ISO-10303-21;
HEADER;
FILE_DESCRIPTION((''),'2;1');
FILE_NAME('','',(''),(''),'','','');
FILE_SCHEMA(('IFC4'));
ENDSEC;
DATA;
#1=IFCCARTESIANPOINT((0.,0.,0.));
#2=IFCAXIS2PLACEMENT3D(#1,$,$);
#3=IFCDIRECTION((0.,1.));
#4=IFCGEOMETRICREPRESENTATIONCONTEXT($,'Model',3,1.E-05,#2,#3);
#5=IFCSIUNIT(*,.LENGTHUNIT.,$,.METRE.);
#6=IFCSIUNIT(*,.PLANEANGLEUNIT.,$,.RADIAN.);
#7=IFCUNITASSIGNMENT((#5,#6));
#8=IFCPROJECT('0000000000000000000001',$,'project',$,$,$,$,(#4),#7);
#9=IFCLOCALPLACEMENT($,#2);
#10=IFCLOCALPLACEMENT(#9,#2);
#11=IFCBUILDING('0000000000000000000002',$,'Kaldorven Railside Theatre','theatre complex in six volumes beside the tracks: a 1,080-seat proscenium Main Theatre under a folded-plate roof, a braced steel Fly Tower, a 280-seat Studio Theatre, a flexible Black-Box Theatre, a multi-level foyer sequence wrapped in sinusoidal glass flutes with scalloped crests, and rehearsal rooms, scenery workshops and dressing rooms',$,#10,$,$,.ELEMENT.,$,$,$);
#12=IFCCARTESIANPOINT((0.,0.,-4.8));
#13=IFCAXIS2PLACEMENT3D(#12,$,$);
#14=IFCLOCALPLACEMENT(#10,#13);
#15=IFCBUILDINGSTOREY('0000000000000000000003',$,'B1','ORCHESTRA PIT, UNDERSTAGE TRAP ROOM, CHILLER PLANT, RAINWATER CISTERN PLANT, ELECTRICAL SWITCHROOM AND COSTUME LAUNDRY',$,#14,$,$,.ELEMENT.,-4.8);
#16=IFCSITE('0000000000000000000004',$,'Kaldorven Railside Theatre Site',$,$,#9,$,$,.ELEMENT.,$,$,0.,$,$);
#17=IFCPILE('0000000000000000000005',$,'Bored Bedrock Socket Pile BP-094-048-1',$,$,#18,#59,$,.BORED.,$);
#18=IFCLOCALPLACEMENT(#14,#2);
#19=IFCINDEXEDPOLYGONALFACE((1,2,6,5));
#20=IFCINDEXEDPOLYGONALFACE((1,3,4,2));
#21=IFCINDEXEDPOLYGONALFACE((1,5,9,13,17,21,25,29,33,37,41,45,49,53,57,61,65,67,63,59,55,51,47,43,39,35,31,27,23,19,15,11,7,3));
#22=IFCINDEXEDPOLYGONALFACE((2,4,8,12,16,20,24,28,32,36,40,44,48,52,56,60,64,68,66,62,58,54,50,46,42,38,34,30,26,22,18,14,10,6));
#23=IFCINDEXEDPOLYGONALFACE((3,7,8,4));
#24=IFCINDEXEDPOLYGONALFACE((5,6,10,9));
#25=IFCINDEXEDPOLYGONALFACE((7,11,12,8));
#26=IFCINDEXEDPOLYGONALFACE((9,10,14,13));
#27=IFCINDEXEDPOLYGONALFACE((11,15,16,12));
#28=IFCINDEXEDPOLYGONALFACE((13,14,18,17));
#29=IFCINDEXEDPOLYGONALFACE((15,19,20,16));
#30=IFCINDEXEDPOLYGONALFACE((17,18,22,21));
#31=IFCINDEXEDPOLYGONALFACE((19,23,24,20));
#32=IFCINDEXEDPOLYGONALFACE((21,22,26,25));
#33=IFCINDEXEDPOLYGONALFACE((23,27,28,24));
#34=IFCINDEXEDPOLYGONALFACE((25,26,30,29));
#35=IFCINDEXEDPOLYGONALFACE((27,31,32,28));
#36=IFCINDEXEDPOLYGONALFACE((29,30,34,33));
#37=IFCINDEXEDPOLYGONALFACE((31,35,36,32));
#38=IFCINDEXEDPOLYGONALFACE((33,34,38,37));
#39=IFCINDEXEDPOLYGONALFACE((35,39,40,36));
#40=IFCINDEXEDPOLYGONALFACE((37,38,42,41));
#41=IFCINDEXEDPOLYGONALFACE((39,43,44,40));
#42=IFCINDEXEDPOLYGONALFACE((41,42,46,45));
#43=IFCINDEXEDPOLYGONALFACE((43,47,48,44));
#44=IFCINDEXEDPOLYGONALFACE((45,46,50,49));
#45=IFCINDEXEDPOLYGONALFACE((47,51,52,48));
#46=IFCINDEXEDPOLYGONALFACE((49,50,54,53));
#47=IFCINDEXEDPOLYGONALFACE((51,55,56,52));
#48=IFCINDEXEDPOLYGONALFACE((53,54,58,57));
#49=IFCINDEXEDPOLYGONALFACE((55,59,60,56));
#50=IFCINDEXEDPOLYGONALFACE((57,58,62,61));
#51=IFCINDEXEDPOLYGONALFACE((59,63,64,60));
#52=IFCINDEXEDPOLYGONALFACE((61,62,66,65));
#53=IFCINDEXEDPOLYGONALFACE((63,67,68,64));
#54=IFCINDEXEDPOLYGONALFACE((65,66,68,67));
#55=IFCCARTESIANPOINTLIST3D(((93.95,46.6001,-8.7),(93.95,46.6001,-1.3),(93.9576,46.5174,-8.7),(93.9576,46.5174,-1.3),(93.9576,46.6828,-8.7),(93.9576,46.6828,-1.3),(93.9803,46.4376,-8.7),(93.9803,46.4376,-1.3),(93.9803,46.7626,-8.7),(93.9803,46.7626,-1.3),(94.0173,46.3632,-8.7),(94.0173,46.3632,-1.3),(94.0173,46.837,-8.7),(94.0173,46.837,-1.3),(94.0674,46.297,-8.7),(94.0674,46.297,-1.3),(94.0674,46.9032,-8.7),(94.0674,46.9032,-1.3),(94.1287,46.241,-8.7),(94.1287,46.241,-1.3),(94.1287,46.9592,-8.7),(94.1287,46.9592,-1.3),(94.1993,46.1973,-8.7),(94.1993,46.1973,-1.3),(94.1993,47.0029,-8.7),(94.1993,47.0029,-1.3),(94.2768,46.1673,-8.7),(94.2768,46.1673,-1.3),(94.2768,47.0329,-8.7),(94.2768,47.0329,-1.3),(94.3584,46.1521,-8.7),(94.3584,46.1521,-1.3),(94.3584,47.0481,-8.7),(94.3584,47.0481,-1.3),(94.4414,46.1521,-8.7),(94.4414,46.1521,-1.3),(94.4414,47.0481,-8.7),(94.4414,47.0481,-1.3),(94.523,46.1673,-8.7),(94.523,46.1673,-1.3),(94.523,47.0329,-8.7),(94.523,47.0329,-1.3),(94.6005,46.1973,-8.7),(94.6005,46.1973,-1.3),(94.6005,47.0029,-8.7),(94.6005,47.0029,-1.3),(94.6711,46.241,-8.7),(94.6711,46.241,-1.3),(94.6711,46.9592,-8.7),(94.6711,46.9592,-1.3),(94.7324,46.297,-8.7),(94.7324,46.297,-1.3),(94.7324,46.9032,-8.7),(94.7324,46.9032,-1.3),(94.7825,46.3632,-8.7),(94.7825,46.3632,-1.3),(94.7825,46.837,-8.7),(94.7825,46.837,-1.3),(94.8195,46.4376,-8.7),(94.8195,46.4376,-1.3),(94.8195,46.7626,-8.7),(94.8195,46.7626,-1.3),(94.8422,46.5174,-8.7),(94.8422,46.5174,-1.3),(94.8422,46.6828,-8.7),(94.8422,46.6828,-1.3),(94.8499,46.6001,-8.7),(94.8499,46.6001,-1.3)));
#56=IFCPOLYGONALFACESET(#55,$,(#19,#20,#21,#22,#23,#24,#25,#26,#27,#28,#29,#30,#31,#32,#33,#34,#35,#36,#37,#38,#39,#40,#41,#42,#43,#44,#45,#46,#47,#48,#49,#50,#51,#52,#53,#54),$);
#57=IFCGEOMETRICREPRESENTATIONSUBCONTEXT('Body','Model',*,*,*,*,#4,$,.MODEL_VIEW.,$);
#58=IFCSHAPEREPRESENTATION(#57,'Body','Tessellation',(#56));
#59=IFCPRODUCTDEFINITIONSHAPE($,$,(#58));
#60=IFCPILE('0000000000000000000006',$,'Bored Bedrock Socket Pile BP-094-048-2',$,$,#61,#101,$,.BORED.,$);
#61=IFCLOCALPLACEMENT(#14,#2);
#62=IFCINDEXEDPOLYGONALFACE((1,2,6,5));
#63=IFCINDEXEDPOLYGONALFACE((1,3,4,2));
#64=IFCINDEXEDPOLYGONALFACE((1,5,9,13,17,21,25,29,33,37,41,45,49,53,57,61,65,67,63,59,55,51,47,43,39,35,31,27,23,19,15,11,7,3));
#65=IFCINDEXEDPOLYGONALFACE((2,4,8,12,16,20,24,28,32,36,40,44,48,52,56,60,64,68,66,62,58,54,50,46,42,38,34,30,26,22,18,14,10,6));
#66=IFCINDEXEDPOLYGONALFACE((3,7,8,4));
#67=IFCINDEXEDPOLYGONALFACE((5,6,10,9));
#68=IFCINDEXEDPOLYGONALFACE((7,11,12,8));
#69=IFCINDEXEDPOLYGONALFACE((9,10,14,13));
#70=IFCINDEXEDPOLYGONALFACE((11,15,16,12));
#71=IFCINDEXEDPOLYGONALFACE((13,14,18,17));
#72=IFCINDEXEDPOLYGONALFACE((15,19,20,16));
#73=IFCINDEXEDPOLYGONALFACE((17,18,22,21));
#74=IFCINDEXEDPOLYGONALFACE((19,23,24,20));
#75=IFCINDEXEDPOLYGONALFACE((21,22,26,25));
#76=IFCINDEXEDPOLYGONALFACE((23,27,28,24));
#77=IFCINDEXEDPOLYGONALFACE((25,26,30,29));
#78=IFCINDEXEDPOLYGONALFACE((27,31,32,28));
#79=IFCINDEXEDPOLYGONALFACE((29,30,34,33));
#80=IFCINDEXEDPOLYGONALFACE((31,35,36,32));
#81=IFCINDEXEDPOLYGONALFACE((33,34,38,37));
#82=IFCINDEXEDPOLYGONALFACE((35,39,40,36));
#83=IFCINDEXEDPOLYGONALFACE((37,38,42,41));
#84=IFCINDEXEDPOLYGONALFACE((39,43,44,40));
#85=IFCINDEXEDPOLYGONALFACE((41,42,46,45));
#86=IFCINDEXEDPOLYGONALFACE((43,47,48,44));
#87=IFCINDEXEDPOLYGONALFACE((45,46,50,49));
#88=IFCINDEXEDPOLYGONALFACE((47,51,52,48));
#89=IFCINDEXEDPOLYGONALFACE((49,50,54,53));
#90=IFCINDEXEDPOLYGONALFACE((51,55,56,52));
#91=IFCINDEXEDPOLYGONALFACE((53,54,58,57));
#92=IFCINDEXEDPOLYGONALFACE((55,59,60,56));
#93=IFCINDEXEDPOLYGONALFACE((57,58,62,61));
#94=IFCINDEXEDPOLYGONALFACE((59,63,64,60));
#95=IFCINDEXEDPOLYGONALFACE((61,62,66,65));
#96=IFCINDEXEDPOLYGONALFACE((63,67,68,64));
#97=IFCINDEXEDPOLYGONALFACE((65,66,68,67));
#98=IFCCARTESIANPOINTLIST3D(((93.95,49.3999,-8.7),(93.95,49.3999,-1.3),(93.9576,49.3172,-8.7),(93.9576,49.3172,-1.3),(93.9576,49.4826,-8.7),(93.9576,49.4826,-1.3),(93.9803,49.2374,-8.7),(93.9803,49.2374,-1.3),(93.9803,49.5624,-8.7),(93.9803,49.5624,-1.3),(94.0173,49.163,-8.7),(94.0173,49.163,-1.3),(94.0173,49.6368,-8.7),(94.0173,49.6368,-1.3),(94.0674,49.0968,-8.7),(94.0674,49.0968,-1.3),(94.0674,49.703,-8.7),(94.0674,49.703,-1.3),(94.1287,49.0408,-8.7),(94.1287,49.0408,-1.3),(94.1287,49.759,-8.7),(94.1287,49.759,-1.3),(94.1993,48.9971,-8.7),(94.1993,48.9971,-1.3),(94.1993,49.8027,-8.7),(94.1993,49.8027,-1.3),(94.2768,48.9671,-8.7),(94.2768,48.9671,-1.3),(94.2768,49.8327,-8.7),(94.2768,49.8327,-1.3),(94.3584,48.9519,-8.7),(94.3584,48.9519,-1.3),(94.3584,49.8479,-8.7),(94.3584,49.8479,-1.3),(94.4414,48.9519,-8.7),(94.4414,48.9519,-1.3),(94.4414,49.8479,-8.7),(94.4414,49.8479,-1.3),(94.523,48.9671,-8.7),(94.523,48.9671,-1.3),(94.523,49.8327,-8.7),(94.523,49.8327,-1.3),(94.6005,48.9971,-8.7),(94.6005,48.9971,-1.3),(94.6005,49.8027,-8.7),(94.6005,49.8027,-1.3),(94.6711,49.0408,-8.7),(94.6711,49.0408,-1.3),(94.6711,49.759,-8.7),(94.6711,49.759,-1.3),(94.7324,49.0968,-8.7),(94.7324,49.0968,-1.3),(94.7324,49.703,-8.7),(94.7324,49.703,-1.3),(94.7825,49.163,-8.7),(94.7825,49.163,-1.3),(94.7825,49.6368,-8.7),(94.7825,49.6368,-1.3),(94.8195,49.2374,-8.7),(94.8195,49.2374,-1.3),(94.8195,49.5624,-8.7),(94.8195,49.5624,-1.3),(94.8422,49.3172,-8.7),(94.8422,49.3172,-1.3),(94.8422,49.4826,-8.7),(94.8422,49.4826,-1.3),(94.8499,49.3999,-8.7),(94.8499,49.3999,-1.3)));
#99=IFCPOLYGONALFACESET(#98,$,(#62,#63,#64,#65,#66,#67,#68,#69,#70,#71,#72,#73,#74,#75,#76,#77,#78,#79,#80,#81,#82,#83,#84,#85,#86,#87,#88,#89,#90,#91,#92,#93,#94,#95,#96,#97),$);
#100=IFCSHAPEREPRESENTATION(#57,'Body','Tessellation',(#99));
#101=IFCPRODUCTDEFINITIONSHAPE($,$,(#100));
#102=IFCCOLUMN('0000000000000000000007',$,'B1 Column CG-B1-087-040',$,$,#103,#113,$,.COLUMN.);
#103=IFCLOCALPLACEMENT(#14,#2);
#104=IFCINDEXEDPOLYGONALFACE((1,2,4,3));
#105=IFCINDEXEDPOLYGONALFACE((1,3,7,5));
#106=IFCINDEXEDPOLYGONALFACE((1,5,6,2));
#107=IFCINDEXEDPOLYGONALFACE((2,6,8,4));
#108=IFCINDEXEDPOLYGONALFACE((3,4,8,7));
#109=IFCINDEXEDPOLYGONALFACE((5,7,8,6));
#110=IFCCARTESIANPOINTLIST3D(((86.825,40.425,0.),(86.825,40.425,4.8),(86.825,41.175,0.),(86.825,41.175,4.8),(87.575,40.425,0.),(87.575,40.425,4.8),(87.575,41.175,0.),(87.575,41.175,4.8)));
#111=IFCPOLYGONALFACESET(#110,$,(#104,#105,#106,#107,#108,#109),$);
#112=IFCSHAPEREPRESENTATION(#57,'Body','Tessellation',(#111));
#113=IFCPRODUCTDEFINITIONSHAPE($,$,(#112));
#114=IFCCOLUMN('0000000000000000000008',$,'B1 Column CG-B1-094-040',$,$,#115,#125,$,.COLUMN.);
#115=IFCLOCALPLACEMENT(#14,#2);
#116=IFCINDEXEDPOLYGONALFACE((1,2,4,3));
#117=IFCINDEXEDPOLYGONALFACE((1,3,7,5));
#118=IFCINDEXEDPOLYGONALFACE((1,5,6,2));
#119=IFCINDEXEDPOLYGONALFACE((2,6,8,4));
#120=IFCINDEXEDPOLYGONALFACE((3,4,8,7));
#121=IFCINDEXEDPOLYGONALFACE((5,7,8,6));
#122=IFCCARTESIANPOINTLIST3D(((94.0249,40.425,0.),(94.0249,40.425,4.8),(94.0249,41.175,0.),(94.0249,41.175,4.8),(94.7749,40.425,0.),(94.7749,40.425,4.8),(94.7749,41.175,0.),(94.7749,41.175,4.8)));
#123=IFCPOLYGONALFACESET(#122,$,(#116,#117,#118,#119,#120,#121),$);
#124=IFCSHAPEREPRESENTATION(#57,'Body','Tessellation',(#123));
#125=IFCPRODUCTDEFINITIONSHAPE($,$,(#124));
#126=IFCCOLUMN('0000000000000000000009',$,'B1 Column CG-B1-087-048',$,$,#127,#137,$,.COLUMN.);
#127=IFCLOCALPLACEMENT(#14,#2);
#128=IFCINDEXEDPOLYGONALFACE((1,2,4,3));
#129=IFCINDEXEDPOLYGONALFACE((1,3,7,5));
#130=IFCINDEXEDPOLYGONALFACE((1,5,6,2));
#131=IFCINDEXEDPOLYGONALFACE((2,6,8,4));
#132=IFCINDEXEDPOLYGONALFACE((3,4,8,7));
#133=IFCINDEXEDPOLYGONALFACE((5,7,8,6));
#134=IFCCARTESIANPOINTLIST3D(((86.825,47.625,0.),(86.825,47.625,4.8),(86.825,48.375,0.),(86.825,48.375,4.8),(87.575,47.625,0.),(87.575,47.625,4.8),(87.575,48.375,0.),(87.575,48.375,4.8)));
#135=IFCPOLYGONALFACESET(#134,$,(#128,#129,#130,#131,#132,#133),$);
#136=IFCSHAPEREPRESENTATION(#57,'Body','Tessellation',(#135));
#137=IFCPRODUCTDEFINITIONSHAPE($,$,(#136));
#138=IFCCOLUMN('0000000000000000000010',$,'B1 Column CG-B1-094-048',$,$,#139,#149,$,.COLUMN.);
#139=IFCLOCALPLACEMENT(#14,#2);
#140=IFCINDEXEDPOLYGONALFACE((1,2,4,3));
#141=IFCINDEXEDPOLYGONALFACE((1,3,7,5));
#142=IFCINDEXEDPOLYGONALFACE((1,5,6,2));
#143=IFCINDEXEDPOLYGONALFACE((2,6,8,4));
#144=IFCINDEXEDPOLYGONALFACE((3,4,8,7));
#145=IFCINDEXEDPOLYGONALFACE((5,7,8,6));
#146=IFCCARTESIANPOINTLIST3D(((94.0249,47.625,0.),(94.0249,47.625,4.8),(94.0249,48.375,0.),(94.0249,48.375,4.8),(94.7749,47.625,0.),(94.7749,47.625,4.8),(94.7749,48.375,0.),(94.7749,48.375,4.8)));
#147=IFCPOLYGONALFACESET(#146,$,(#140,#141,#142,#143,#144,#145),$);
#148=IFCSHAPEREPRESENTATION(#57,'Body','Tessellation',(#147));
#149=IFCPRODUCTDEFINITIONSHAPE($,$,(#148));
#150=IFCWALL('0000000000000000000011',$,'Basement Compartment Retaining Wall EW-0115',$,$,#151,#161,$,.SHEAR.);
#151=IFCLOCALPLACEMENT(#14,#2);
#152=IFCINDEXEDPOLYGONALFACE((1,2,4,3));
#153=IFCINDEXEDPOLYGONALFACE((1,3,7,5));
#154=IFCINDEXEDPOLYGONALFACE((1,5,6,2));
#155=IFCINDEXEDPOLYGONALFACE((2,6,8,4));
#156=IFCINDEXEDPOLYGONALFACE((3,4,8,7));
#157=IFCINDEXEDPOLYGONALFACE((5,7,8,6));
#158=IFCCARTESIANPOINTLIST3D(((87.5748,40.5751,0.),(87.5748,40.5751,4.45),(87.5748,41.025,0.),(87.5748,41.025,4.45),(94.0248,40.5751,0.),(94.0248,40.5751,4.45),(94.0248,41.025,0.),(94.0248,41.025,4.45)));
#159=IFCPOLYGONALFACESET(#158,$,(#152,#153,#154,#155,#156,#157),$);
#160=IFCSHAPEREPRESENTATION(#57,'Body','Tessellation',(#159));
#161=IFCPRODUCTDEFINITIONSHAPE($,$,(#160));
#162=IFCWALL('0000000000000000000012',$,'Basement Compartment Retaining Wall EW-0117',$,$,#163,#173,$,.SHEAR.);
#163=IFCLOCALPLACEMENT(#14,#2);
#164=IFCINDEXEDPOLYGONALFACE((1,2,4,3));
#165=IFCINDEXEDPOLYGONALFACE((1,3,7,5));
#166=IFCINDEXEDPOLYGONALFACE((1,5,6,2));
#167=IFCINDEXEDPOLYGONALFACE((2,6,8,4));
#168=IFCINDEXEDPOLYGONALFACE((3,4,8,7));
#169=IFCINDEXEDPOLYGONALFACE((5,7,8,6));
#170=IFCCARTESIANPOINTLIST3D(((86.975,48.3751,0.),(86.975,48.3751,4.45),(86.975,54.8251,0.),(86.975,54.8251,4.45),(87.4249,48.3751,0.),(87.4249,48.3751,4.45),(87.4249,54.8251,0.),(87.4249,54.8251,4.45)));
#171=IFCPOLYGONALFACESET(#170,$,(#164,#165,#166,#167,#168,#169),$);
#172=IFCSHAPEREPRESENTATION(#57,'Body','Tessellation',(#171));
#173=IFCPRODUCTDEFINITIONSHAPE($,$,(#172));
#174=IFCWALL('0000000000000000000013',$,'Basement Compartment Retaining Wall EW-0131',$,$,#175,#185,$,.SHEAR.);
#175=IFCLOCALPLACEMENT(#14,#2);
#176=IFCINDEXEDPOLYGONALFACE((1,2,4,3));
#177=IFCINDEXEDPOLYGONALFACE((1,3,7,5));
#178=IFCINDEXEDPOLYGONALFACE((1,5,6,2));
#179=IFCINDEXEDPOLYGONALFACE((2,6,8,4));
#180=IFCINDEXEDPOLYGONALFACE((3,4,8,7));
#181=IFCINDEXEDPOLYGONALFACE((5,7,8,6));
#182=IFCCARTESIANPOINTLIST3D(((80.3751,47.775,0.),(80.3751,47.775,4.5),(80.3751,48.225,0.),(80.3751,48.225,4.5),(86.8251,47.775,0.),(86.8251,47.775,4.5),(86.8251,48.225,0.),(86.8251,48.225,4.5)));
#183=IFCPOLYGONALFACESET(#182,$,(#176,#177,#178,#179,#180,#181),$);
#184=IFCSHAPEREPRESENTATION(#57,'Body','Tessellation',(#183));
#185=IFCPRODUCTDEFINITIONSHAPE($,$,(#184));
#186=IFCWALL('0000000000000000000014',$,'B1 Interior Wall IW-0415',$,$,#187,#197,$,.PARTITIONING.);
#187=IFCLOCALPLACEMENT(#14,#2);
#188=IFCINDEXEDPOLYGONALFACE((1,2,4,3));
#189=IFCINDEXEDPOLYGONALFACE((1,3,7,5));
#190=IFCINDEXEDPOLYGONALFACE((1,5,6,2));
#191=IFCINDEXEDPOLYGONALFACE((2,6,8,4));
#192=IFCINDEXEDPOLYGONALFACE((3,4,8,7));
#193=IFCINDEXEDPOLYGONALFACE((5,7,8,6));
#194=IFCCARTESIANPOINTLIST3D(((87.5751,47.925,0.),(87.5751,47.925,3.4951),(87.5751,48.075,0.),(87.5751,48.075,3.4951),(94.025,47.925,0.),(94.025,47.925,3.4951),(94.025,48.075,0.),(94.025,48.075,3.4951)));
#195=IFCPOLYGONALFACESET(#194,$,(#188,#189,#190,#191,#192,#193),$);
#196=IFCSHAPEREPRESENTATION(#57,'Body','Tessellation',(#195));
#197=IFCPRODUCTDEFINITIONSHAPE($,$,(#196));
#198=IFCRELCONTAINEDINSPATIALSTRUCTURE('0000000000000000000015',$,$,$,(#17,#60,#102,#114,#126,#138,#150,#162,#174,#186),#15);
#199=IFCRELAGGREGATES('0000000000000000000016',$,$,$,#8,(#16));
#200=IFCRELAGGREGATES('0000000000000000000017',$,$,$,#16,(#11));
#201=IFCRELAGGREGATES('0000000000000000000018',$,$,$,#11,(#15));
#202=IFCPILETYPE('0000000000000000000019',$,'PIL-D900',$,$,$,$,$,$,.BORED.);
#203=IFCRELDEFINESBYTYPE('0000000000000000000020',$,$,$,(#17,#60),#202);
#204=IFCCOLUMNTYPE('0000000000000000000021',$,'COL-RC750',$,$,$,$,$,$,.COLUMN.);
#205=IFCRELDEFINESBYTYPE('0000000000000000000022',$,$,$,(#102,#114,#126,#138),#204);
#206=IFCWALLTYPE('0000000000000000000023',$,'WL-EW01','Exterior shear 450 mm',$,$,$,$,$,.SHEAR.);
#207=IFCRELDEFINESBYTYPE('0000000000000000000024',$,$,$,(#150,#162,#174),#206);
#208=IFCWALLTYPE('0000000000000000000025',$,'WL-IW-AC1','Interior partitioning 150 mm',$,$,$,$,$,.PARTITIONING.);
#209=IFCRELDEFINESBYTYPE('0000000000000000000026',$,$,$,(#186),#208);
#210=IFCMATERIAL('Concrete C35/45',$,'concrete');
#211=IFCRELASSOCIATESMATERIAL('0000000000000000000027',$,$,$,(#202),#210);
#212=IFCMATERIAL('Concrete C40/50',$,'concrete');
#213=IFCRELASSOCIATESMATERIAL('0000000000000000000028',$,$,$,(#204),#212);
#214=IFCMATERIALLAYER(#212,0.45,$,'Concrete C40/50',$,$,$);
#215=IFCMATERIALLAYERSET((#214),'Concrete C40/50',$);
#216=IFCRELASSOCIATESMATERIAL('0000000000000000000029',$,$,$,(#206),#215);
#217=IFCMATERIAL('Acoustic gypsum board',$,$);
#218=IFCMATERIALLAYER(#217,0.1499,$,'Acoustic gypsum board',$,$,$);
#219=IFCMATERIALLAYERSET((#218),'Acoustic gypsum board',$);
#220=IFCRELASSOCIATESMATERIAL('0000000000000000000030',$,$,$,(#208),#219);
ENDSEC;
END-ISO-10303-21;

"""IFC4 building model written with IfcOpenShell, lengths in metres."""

from ifc_helpers import new_model, si_unit, direction, frame, frame_2d, origin, origin_2d, place, context, subcontext, project, spatial, rectangle, circle, extrude, material, layer, layer_set, material_profile, profile_set, type_object, element, save


model = new_model("IFC4")

# Units and contexts
model_context = context("Model", 3, precision=1e-05, world=origin(), true_north=direction((0.0, 1.0)))
body_context = subcontext(model_context, "Body", "Model", "MODEL_VIEW")
ifc_project = project(units=[si_unit("LENGTHUNIT", "METRE"), si_unit("PLANEANGLEUNIT", "RADIAN")], contexts=[model_context])

# Site, building, storey
site_placement = place(None, origin())
site = spatial("IfcSite", under=ifc_project, at=site_placement, Name="Kaldorven Railside Theatre Site", CompositionType="ELEMENT", RefElevation=0.0)
building_placement = place(site_placement, origin())
building = spatial("IfcBuilding", under=site, at=building_placement, Name="Kaldorven Railside Theatre", Description="theatre complex in six volumes beside the tracks: a 1,080-seat proscenium Main Theatre under a folded-plate roof, a braced steel Fly Tower, a 280-seat Studio Theatre, a flexible Black-Box Theatre, a multi-level foyer sequence wrapped in sinusoidal glass flutes with scalloped crests, and rehearsal rooms, scenery workshops and dressing rooms", CompositionType="ELEMENT")
storey_placement = place(building_placement, frame((0.0, 0.0, -4.8)))
storey = spatial("IfcBuildingStorey", under=building, at=storey_placement, Name="B1", Description="ORCHESTRA PIT, UNDERSTAGE TRAP ROOM, CHILLER PLANT, RAINWATER CISTERN PLANT, ELECTRICAL SWITCHROOM AND COSTUME LAUNDRY", CompositionType="ELEMENT", Elevation=-4.8)

# Shared definitions
ifc_material_1 = material(Name="Concrete C40/50", Category="concrete")

# Piles
ifc_material_2 = material(Name="Concrete C35/45", Category="concrete")
ifc_material_profile_1 = material_profile(ifc_material_2, circle(Radius=0.45, at=origin_2d()), Name="BP D900")
ifc_profile_set_1 = profile_set([ifc_material_profile_1], Name="Concrete C35/45")
pile_type_1 = type_object("IfcPileType", Name="PIL-D900", PredefinedType="BORED", material=ifc_profile_set_1)
for number, where, z_axis, x_axis, name in (
    (1, (94.3999, 46.6001, -1.3), (0.0, 0.0, -1.0), (1.0, 0.0, 0.0), "Bored Bedrock Socket Pile BP-094-048-1"),
    (2, (94.3999, 49.3999, -1.3), (0.0, 0.0, -1.0), (1.0, 0.0, 0.0), "Bored Bedrock Socket Pile BP-094-048-2"),
):
    element("IfcPile", number, at=place(storey_placement, frame(where, z_axis=z_axis, x_axis=x_axis)), inside=storey, type_object=pile_type_1, Name=name, PredefinedType="BORED", context=body_context, shape_type="SweptSolid", body=[
        extrude(circle(Radius=0.45, at=origin_2d()), origin(), (0.0, 0.0, 1.0), 7.3999),
    ])

# Columns
ifc_material_profile_2 = material_profile(ifc_material_1, rectangle(XDim=0.75, YDim=0.75, at=origin_2d()), Name="RC 750x750")
ifc_profile_set_2 = profile_set([ifc_material_profile_2], Name="Concrete C40/50")
column_type = type_object("IfcColumnType", Name="COL-RC750", PredefinedType="COLUMN", material=ifc_profile_set_2)
for number, where, z_axis, x_axis, name in (
    (3, (87.2, 40.8, 0.0), (0.0, 0.0, 1.0), (1.0, 0.0, 0.0), "B1 Column CG-B1-087-040"),
    (4, (94.3999, 40.8, 0.0), (0.0, 0.0, 1.0), (0.0, 1.0, 0.0), "B1 Column CG-B1-094-040"),
    (5, (87.2, 48.0, 0.0), (0.0, 0.0, 1.0), (0.0, 1.0, 0.0), "B1 Column CG-B1-087-048"),
    (6, (94.3999, 48.0, 0.0), (0.0, 0.0, 1.0), (1.0, 0.0, 0.0), "B1 Column CG-B1-094-048"),
):
    element("IfcColumn", number, at=place(storey_placement, frame(where, z_axis=z_axis, x_axis=x_axis)), inside=storey, type_object=column_type, Name=name, PredefinedType="COLUMN", context=body_context, shape_type="SweptSolid", body=[
        extrude(rectangle(XDim=0.75, YDim=0.75, at=origin_2d()), origin(), (0.0, 0.0, 1.0), 4.8),
    ])

# Wall
ifc_layer_1 = layer(ifc_material_1, 0.45, Name="Concrete C40/50")
ifc_layer_set_1 = layer_set([ifc_layer_1], Name="Concrete C40/50")
wall_type_1 = type_object("IfcWallType", Name="WL-EW01", Description="Exterior shear 450 mm", PredefinedType="SHEAR", material=ifc_layer_set_1)
wall_1_placement = place(storey_placement, frame((94.0249, 40.8, 0.0), z_axis=(0.0, 0.0, 1.0), x_axis=(-1.0, 0.0, 0.0)))
element("IfcWall", 7, at=wall_1_placement, inside=storey, type_object=wall_type_1, Name="Basement Compartment Retaining Wall EW-0115", PredefinedType="SHEAR", context=body_context, shape_type="SweptSolid", body=[
    extrude(rectangle(XDim=6.45, YDim=0.45, at=frame_2d((3.2251, 0.0))), origin(), (0.0, 0.0, 1.0), 4.45),
])

# Walls
wall_2_placement = place(storey_placement, frame((87.2, 48.375, 0.0), z_axis=(0.0, 0.0, 1.0), x_axis=(0.0, 1.0, 0.0)))
element("IfcWall", 8, at=wall_2_placement, inside=storey, type_object=wall_type_1, Name="Basement Compartment Retaining Wall EW-0117", PredefinedType="SHEAR", context=body_context, shape_type="SweptSolid", body=[
    extrude(rectangle(XDim=6.45, YDim=0.45, at=frame_2d((3.2251, 0.0))), origin(), (0.0, 0.0, 1.0), 4.45),
])
wall_3_placement = place(storey_placement, frame((80.375, 48.0, 0.0), z_axis=(0.0, 0.0, 1.0), x_axis=(1.0, 0.0, 0.0)))
element("IfcWall", 9, at=wall_3_placement, inside=storey, type_object=wall_type_1, Name="Basement Compartment Retaining Wall EW-0131", PredefinedType="SHEAR", context=body_context, shape_type="SweptSolid", body=[
    extrude(rectangle(XDim=6.45, YDim=0.45, at=frame_2d((3.2251, 0.0))), origin(), (0.0, 0.0, 1.0), 4.5),
])
ifc_material_3 = material(Name="Acoustic gypsum board")
ifc_layer_2 = layer(ifc_material_3, 0.1499, Name="Acoustic gypsum board")
ifc_layer_set_2 = layer_set([ifc_layer_2], Name="Acoustic gypsum board")
wall_type_2 = type_object("IfcWallType", Name="WL-IW-AC1", Description="Interior partitioning 150 mm", PredefinedType="PARTITIONING", material=ifc_layer_set_2)
wall_4_placement = place(storey_placement, frame((87.575, 48.0, 0.0), z_axis=(0.0, 0.0, 1.0), x_axis=(1.0, 0.0, 0.0)))
element("IfcWall", 10, at=wall_4_placement, inside=storey, type_object=wall_type_2, Name="B1 Interior Wall IW-0415", PredefinedType="PARTITIONING", context=body_context, shape_type="SweptSolid", body=[
    extrude(rectangle(XDim=6.45, YDim=0.1499, at=frame_2d((3.2251, 0.0))), origin(), (0.0, 0.0, 1.0), 3.4951),
])

save(model, "model.ifc")
